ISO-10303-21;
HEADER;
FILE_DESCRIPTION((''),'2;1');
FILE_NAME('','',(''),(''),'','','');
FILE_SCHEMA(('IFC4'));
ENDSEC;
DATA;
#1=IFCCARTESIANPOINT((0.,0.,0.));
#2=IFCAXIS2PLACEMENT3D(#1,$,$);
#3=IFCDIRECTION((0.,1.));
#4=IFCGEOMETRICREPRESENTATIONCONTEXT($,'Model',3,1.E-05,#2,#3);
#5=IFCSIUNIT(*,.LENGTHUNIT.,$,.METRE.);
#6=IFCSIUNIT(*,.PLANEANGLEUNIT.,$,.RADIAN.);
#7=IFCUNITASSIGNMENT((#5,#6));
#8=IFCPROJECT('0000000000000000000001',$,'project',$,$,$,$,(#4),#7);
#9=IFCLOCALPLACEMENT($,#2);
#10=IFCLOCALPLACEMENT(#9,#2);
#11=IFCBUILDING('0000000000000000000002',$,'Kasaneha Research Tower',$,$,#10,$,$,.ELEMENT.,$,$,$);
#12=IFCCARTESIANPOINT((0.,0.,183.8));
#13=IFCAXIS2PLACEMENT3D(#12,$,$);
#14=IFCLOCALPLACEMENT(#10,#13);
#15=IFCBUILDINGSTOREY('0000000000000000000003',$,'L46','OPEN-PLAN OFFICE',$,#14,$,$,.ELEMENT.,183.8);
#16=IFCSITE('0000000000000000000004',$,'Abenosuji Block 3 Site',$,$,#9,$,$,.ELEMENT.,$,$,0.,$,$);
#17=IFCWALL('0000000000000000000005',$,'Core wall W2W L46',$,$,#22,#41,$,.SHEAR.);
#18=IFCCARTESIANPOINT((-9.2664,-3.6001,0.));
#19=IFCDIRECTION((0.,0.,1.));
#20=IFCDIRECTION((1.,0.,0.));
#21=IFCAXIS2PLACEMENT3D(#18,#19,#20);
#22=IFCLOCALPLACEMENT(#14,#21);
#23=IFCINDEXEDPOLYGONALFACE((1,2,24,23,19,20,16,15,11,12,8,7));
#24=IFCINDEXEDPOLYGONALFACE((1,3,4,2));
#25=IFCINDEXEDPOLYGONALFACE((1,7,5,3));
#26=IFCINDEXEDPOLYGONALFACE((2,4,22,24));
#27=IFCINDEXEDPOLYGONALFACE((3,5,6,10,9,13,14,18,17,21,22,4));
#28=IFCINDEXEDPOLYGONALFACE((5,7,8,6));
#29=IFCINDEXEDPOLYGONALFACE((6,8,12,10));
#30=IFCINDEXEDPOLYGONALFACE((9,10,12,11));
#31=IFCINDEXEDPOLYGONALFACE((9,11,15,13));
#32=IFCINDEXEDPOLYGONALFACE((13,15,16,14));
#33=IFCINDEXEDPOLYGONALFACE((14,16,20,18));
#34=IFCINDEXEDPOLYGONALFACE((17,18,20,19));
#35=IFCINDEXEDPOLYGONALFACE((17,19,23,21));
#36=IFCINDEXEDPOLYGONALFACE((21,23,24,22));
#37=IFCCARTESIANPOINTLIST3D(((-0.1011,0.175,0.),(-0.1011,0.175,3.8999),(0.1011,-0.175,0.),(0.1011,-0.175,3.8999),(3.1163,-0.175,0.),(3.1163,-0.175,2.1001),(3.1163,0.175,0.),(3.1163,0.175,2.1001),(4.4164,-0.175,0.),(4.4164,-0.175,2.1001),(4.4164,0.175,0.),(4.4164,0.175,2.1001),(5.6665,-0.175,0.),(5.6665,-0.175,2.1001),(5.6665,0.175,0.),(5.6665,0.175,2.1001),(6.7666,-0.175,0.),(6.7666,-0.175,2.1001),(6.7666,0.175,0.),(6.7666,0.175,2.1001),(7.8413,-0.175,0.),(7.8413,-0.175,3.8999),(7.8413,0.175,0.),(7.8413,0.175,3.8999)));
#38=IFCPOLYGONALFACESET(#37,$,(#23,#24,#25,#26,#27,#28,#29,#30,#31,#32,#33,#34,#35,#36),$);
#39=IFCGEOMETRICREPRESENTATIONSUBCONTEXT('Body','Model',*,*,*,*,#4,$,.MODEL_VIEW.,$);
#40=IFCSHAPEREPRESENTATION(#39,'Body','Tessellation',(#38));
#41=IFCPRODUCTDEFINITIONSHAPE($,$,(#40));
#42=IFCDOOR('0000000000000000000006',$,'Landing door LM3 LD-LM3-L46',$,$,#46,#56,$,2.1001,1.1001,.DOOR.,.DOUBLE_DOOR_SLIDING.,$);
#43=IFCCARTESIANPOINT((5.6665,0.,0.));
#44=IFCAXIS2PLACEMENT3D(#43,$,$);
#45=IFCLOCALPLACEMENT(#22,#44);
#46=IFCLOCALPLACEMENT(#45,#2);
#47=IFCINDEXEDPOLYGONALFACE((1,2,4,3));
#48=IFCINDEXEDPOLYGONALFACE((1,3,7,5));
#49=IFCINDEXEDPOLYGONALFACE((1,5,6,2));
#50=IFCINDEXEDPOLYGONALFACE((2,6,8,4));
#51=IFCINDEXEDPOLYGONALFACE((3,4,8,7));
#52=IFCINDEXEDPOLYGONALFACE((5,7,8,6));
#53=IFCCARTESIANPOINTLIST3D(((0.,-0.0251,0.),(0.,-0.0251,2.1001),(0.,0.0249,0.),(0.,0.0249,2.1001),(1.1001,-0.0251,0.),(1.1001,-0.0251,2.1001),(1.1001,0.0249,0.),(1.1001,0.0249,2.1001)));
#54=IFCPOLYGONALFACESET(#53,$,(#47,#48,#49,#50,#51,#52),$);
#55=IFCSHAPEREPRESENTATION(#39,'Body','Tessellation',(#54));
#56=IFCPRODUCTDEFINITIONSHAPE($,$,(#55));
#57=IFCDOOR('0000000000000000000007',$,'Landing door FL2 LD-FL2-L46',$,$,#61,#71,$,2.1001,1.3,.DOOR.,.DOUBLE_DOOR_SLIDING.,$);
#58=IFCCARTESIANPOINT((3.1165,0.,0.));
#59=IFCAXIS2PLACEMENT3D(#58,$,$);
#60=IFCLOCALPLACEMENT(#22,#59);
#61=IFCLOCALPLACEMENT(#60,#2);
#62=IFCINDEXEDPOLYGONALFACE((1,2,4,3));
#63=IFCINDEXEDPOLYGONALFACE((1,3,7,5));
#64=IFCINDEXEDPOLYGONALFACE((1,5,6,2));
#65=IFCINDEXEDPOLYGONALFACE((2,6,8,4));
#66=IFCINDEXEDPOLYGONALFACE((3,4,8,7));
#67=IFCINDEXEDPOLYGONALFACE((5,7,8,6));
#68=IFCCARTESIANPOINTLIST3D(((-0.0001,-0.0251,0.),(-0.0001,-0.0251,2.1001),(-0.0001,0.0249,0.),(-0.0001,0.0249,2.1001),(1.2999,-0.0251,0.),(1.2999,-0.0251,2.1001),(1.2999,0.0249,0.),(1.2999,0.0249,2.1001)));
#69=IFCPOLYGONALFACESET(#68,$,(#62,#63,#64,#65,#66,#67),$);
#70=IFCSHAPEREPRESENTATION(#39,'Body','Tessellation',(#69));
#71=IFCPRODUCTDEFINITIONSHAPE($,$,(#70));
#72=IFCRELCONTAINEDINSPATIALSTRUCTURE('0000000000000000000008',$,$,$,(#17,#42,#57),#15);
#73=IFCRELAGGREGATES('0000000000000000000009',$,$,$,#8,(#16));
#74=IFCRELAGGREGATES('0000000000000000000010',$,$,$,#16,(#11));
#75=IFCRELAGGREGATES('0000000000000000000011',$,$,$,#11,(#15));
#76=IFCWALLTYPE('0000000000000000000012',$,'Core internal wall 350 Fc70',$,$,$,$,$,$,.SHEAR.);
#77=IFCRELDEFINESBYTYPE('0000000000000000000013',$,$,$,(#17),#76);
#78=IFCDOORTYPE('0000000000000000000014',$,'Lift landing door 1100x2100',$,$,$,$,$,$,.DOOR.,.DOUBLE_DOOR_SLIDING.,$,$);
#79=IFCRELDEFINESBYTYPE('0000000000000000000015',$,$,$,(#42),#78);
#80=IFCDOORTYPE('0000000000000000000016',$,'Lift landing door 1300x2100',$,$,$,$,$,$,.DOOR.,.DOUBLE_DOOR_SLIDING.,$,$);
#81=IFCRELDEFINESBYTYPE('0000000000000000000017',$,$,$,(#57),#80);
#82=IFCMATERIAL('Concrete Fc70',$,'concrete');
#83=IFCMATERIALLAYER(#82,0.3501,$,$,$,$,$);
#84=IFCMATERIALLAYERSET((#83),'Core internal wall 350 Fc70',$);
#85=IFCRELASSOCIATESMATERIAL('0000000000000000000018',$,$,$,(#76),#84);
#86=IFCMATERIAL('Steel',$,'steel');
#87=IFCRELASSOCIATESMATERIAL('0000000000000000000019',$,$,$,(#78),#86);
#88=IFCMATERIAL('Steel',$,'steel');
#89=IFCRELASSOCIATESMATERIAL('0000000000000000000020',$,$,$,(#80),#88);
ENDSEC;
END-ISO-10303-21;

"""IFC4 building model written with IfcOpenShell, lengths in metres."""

from ifc_helpers import new_model, si_unit, direction, frame, frame_2d, origin, place, context, subcontext, project, spatial, polyline, rectangle, outline, extrude, material, layer, layer_set, type_object, element, fill, save


model = new_model("IFC4")

# Units and contexts
model_context = context("Model", 3, precision=1e-05, world=origin(), true_north=direction((0.0, 1.0)))
body_context = subcontext(model_context, "Body", "Model", "MODEL_VIEW")
ifc_project = project(units=[si_unit("LENGTHUNIT", "METRE"), si_unit("PLANEANGLEUNIT", "RADIAN")], contexts=[model_context])

# Site, building, storey
site_placement = place(None, origin())
site = spatial("IfcSite", under=ifc_project, at=site_placement, Name="Abenosuji Block 3 Site", CompositionType="ELEMENT", RefElevation=0.0)
building_placement = place(site_placement, origin())
building = spatial("IfcBuilding", under=site, at=building_placement, Name="Kasaneha Research Tower", CompositionType="ELEMENT")
storey_placement = place(building_placement, frame((0.0, 0.0, 183.8)))
storey = spatial("IfcBuildingStorey", under=building, at=storey_placement, Name="L46", Description="OPEN-PLAN OFFICE", CompositionType="ELEMENT", Elevation=183.8)

# Wall, openings, doors
ifc_material_1 = material(Name="Concrete Fc70", Category="concrete")
ifc_layer_1 = layer(ifc_material_1, 0.3501)
ifc_layer_set_1 = layer_set([ifc_layer_1], Name="Core internal wall 350 Fc70")
wall_type = type_object("IfcWallType", Name="Core internal wall 350 Fc70", PredefinedType="SHEAR", material=ifc_layer_set_1)
wall_1_placement = place(storey_placement, frame((-9.2664, -3.6001, 0.0), z_axis=(0.0, 0.0, 1.0), x_axis=(1.0, 0.0, 0.0)))
wall_1 = element("IfcWall", 1, at=wall_1_placement, inside=storey, type_object=wall_type, Name="Core wall W2W L46", PredefinedType="SHEAR", context=body_context, shape_type="SweptSolid", body=[
    extrude(outline(polyline([(0.1011, -0.175), (3.1165, -0.175), (4.4165, -0.175), (5.6665, -0.175), (6.7666, -0.175), (7.8413, -0.175), (7.8413, 0.175), (6.7666, 0.175), (5.6665, 0.175), (4.4165, 0.175), (3.1165, 0.175), (-0.1011, 0.175), (0.1011, -0.175)])), origin(), (0.0, 0.0, 1.0), 3.8999),
])
opening_1_placement = place(wall_1_placement, frame((5.6665, 0.0, 0.0)))
opening_1 = element("IfcOpeningElement", 2, at=opening_1_placement, cuts=wall_1, PredefinedType="OPENING", context=body_context, shape_type="SweptSolid", body=[
    extrude(rectangle(XDim=1.1001, YDim=2.1001, at=frame_2d((0.55, 1.05))), frame((0.0, 0.1851, 0.0), z_axis=(0.0, -1.0, 0.0), x_axis=(1.0, 0.0, 0.0)), (0.0, 0.0, 1.0), 0.3701),
])
opening_2_placement = place(wall_1_placement, frame((3.1165, 0.0, 0.0)))
opening_2 = element("IfcOpeningElement", 3, at=opening_2_placement, cuts=wall_1, PredefinedType="OPENING", context=body_context, shape_type="SweptSolid", body=[
    extrude(rectangle(XDim=1.3, YDim=2.1001, at=frame_2d((0.6499, 1.05))), frame((0.0, 0.1851, 0.0), z_axis=(0.0, -1.0, 0.0), x_axis=(1.0, 0.0, 0.0)), (0.0, 0.0, 1.0), 0.3701),
])
ifc_material_2 = material(Name="Steel", Category="steel")
door_type_1 = type_object("IfcDoorType", Name="Lift landing door 1100x2100", OperationType="DOUBLE_DOOR_SLIDING", PredefinedType="DOOR", material=ifc_material_2)
door_1_placement = place(opening_1_placement, origin())
door_1 = element("IfcDoor", 4, at=door_1_placement, inside=storey, type_object=door_type_1, Name="Landing door LM3 LD-LM3-L46", OperationType="DOUBLE_DOOR_SLIDING", OverallHeight=2.1001, OverallWidth=1.1001, PredefinedType="DOOR", context=body_context, shape_type="SweptSolid", body=[
    extrude(rectangle(XDim=1.1001, YDim=2.1001, at=frame_2d((0.55, 1.05))), frame((0.0, 0.0249, 0.0), z_axis=(0.0, -1.0, 0.0), x_axis=(1.0, 0.0, 0.0)), (0.0, 0.0, 1.0), 0.05),
])
fill(opening_1, door_1)
ifc_material_3 = material(Name="Steel", Category="steel")
door_type_2 = type_object("IfcDoorType", Name="Lift landing door 1300x2100", OperationType="DOUBLE_DOOR_SLIDING", PredefinedType="DOOR", material=ifc_material_3)
door_2_placement = place(opening_2_placement, origin())
door_2 = element("IfcDoor", 5, at=door_2_placement, inside=storey, type_object=door_type_2, Name="Landing door FL2 LD-FL2-L46", OperationType="DOUBLE_DOOR_SLIDING", OverallHeight=2.1001, OverallWidth=1.3, PredefinedType="DOOR", context=body_context, shape_type="SweptSolid", body=[
    extrude(rectangle(XDim=1.3, YDim=2.1001, at=frame_2d((0.6499, 1.05))), frame((0.0, 0.0249, 0.0), z_axis=(0.0, -1.0, 0.0), x_axis=(1.0, 0.0, 0.0)), (0.0, 0.0, 1.0), 0.05),
])
fill(opening_2, door_2)

save(model, "model.ifc")
